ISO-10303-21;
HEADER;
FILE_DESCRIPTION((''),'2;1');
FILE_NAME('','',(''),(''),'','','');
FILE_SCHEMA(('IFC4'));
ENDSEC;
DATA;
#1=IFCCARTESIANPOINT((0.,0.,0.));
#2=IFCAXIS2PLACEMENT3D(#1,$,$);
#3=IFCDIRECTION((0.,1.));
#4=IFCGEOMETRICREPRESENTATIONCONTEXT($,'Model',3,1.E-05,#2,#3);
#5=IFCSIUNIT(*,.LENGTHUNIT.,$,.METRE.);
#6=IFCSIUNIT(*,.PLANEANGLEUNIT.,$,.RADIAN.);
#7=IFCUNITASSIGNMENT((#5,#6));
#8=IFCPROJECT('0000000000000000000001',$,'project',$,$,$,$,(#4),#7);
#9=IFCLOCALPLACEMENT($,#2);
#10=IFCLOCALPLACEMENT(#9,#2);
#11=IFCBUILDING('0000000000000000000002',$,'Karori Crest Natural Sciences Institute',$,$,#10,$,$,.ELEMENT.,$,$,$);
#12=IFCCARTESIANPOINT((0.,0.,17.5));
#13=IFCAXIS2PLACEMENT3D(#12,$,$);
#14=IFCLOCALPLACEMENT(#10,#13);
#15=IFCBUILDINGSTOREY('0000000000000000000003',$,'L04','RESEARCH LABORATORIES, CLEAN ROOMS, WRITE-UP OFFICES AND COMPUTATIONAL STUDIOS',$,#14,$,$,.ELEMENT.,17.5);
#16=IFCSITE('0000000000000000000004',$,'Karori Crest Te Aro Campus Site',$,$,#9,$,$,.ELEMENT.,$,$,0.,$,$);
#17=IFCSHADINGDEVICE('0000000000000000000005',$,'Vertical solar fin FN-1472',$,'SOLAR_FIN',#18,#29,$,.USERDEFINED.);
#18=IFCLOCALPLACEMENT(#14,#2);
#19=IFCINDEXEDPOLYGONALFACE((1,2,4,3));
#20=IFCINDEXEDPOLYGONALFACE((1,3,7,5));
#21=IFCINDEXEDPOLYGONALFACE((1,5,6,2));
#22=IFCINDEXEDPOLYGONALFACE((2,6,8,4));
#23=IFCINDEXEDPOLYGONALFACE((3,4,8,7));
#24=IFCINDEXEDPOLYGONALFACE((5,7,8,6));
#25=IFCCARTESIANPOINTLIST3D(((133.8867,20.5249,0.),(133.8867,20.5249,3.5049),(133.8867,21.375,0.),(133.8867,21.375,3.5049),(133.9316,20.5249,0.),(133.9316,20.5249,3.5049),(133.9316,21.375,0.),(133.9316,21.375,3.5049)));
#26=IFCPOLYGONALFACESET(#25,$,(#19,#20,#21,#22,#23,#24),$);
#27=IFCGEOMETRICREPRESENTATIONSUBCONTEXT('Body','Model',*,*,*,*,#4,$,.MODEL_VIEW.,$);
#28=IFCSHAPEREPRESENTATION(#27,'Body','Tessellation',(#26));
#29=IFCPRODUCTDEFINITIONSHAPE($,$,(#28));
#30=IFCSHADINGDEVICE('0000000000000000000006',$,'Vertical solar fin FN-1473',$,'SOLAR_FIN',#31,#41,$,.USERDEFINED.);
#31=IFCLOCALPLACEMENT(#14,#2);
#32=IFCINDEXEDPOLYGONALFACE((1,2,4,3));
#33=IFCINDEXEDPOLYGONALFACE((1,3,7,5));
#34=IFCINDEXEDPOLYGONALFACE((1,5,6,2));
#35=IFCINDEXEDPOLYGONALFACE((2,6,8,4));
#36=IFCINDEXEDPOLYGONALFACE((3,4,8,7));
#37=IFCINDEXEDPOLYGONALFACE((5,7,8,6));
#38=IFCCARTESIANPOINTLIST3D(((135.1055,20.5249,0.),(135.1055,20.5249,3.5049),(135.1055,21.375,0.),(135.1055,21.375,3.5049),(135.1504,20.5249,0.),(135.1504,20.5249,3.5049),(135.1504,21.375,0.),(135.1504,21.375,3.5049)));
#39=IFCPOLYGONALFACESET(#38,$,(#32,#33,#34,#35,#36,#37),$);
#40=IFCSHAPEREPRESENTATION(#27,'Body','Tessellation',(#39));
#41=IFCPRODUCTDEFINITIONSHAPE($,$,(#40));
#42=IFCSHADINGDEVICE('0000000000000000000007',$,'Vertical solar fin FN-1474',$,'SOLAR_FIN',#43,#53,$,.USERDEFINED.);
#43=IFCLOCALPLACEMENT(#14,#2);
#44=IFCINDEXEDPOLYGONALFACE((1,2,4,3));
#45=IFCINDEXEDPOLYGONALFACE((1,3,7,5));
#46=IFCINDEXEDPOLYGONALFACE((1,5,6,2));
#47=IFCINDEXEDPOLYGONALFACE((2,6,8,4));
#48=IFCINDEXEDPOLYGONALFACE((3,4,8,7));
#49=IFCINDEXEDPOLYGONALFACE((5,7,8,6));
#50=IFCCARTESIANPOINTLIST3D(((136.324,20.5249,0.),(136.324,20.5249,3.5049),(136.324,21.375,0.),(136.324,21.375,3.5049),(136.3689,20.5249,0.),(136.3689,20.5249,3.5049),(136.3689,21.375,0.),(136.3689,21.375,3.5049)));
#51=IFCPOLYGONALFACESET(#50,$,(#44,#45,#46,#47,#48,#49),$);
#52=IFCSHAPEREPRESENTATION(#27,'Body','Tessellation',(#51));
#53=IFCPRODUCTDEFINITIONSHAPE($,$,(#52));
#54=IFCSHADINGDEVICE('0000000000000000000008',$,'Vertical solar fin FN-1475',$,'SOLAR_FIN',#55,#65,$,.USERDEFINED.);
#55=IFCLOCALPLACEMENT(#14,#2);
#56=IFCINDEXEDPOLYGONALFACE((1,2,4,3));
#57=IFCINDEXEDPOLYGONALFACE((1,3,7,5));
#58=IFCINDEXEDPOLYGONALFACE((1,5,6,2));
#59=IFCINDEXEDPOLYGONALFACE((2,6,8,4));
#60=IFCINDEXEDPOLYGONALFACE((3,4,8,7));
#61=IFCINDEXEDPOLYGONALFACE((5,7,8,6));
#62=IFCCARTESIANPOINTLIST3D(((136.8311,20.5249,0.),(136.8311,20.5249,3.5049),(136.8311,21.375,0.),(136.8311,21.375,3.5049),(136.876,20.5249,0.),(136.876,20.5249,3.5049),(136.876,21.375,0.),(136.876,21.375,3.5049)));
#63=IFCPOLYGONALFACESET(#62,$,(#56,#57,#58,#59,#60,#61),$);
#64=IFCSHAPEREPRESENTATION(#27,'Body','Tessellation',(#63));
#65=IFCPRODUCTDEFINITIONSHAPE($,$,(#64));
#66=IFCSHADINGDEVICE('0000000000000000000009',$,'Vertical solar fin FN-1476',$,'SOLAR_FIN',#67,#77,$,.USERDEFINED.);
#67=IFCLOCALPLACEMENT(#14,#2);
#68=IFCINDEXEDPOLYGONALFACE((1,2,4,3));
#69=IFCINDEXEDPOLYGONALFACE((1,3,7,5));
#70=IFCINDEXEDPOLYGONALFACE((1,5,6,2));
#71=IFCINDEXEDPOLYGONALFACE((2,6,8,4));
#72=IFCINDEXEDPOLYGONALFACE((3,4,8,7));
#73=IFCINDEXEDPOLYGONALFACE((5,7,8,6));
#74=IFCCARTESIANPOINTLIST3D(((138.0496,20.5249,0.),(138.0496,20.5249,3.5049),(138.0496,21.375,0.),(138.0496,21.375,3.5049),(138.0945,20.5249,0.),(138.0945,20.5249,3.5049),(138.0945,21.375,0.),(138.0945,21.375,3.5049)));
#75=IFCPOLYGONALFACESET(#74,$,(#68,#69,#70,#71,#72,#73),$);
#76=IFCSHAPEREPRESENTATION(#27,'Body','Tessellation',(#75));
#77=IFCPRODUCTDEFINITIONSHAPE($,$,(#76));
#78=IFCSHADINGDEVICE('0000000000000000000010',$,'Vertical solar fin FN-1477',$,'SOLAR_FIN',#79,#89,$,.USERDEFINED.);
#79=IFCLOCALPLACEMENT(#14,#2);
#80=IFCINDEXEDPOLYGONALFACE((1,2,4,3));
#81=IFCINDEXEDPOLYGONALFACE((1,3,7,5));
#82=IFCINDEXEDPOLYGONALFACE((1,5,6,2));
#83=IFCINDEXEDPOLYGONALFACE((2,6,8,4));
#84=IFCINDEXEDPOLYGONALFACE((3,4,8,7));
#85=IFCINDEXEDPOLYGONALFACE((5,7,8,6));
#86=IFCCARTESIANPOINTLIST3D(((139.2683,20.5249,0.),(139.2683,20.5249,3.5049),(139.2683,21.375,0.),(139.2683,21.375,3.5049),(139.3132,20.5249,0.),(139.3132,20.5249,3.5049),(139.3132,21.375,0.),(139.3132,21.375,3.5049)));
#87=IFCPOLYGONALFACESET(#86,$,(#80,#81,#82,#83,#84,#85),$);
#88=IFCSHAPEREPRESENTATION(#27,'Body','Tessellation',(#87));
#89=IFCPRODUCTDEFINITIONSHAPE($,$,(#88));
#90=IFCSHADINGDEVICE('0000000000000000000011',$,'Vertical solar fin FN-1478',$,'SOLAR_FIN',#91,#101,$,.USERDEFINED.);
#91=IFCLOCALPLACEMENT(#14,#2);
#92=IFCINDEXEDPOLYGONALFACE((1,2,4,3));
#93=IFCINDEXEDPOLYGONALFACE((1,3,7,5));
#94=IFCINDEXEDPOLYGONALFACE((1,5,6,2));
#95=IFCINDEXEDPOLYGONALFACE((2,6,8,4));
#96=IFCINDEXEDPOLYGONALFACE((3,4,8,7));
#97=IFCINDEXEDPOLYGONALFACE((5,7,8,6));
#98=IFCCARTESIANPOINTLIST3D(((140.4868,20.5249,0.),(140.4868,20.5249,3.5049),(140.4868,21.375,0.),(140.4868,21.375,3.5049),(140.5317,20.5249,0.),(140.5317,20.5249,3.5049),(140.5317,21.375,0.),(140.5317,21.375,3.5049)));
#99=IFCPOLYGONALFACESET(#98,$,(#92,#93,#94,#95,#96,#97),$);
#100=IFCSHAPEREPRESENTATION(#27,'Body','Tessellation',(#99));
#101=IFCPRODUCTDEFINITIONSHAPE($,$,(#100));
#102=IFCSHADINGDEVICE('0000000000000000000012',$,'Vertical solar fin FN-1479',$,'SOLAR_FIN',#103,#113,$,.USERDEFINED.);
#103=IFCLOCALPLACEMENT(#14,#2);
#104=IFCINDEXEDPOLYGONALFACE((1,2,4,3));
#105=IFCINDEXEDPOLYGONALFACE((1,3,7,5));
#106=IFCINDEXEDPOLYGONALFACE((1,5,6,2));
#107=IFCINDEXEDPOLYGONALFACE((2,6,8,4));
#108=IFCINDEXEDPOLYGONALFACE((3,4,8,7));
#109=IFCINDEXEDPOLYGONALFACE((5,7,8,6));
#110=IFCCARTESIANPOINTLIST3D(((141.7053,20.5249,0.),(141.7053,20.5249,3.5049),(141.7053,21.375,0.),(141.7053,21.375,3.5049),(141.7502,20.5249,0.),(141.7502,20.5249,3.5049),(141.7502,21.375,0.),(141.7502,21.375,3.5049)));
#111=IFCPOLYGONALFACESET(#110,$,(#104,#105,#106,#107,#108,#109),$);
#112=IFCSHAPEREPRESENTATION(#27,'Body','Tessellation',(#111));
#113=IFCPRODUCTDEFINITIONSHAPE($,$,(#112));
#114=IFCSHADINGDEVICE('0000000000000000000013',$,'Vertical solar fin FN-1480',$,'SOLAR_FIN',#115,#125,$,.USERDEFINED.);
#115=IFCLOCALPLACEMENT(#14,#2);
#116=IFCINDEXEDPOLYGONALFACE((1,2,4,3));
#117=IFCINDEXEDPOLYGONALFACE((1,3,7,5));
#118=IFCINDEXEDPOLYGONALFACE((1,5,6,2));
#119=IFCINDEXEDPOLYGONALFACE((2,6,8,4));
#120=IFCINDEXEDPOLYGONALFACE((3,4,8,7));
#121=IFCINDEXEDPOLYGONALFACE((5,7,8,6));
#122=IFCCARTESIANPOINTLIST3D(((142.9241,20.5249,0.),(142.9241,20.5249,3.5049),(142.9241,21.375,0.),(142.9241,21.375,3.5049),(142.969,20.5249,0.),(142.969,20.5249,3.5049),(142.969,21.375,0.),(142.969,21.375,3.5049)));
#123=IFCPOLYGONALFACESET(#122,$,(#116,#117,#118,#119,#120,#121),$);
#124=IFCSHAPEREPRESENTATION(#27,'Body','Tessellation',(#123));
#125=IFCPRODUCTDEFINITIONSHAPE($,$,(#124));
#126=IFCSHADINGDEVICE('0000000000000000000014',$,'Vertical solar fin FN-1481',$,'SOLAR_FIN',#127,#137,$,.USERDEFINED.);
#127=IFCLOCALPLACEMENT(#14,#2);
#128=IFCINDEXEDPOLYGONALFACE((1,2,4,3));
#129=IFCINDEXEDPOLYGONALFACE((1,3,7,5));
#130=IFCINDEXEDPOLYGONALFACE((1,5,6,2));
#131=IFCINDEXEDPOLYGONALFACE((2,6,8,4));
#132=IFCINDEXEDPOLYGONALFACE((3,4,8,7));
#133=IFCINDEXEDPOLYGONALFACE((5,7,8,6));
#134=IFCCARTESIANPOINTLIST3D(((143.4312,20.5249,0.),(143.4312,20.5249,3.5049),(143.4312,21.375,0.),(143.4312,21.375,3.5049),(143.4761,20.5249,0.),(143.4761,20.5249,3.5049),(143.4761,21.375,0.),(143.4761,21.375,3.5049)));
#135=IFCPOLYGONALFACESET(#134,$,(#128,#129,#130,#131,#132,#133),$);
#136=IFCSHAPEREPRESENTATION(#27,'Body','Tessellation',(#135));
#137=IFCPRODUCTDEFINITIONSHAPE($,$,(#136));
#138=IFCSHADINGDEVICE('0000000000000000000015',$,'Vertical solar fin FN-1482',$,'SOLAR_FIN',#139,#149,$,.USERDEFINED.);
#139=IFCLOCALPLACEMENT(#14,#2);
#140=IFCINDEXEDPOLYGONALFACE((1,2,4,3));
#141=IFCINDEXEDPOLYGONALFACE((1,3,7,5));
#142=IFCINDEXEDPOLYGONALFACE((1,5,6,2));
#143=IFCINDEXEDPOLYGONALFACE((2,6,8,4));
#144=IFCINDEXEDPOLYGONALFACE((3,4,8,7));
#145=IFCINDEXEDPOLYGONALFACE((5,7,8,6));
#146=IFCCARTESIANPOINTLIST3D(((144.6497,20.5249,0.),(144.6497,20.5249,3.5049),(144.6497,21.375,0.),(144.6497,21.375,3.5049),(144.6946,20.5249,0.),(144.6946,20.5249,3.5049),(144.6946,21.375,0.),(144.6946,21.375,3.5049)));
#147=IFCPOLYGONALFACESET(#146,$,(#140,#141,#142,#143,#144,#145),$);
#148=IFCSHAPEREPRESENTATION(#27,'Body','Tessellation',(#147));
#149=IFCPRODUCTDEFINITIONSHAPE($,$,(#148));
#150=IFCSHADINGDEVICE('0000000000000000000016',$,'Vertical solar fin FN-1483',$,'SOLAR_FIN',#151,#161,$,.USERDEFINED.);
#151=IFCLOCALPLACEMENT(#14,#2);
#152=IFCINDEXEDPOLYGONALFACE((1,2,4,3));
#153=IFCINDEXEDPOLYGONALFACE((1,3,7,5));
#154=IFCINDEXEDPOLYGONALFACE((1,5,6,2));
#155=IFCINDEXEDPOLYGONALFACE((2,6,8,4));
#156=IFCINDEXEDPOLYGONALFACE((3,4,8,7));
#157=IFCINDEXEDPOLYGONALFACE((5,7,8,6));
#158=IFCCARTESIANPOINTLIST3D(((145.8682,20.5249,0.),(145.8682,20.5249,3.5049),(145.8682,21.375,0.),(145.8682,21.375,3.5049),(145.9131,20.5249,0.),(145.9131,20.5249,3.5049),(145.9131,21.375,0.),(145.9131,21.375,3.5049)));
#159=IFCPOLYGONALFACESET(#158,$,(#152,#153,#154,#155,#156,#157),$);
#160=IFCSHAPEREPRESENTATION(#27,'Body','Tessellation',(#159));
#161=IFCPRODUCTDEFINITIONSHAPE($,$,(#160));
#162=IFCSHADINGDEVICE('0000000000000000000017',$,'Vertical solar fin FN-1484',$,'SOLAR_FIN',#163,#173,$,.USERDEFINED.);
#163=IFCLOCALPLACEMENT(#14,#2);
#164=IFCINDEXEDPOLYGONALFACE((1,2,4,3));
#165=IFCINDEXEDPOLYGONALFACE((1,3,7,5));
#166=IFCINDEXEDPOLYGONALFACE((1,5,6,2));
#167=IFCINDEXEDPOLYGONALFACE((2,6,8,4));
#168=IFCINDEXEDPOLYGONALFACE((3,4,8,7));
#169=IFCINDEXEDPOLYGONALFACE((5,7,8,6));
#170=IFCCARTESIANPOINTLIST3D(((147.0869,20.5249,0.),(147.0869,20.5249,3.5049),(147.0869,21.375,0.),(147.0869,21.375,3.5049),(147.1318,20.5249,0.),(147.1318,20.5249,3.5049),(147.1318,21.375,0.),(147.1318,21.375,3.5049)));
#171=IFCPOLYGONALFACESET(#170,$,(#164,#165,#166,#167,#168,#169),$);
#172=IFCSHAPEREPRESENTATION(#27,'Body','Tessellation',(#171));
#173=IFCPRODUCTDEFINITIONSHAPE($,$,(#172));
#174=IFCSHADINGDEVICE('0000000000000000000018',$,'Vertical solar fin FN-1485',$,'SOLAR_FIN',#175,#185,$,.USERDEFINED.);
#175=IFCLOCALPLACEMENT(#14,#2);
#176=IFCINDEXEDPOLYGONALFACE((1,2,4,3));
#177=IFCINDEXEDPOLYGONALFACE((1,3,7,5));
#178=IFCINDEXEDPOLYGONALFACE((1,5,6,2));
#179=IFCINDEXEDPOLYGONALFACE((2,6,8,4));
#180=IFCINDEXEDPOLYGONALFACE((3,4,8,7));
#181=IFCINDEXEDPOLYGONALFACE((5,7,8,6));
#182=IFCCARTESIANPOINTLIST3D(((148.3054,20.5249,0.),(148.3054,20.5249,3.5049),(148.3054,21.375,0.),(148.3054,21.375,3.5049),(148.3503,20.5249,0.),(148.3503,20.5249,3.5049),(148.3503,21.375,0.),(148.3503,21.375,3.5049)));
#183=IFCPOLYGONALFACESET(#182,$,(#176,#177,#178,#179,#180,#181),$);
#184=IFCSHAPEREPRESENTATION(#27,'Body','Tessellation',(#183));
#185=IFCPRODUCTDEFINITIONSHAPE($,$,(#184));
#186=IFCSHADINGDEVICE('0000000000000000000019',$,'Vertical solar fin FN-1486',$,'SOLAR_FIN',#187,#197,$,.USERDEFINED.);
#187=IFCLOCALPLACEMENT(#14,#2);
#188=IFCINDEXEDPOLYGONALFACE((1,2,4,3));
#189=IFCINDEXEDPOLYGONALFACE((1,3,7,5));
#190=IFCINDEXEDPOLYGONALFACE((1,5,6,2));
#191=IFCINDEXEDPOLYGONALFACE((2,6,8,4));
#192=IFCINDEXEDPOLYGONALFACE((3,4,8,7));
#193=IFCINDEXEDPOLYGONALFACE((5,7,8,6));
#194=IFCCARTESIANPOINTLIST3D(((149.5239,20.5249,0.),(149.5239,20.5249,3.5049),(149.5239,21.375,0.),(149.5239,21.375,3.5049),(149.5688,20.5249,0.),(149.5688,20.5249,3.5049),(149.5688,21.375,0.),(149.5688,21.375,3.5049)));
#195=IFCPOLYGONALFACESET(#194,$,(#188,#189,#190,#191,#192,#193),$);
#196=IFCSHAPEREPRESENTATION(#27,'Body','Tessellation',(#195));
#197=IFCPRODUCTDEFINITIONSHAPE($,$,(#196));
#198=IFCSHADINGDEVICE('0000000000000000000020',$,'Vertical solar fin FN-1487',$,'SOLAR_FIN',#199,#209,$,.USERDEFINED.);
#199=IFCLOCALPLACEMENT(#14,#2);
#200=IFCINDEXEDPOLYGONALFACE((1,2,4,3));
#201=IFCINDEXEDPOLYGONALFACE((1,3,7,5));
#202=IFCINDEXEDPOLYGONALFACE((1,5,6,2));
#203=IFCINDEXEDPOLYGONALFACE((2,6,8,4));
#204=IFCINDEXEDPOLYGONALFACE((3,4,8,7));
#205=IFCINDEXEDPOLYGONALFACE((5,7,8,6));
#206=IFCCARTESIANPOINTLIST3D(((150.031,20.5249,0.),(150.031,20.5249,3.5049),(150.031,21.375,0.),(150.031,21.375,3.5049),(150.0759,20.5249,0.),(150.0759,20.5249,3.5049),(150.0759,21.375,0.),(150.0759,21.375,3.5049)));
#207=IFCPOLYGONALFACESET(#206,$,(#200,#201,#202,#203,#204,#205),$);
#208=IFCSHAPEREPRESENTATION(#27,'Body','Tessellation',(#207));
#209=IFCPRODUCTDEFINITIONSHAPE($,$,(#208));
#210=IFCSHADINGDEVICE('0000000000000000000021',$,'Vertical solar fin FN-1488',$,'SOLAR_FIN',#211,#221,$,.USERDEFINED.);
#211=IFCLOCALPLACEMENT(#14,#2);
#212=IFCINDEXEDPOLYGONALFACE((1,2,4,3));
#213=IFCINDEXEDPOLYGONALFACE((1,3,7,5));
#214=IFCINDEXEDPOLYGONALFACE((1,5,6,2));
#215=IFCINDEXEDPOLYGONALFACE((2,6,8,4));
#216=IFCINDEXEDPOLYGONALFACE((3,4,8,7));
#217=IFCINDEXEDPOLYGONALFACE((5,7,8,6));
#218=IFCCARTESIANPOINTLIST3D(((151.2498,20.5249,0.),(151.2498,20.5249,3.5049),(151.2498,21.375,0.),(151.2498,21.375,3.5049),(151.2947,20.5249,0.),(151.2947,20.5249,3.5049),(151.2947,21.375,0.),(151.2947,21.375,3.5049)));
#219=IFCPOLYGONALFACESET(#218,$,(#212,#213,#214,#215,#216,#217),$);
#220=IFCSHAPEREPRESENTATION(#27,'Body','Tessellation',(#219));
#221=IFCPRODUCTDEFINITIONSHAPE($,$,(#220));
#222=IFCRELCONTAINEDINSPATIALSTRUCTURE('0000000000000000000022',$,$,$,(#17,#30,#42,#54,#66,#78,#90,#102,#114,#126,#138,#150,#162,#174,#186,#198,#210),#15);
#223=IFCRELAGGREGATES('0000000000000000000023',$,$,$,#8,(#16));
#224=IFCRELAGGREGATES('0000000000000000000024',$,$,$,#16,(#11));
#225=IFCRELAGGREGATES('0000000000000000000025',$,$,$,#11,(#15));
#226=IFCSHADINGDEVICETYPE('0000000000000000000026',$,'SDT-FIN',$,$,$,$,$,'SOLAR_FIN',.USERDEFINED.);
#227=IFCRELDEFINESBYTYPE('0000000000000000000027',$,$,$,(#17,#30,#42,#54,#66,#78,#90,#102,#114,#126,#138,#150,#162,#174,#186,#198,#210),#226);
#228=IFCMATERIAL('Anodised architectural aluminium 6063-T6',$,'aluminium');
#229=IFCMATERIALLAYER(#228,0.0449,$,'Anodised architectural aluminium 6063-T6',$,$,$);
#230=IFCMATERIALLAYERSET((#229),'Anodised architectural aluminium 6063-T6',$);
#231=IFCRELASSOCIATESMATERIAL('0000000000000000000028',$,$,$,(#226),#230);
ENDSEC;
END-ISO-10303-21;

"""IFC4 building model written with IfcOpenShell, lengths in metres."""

from ifc_helpers import new_model, si_unit, direction, frame, origin, origin_2d, place, context, subcontext, project, spatial, rectangle, extrude, material, layer, layer_set, type_object, element, save


model = new_model("IFC4")

# Units and contexts
model_context = context("Model", 3, precision=1e-05, world=origin(), true_north=direction((0.0, 1.0)))
body_context = subcontext(model_context, "Body", "Model", "MODEL_VIEW")
ifc_project = project(units=[si_unit("LENGTHUNIT", "METRE"), si_unit("PLANEANGLEUNIT", "RADIAN")], contexts=[model_context])

# Site, building, storey
site_placement = place(None, origin())
site = spatial("IfcSite", under=ifc_project, at=site_placement, Name="Karori Crest Te Aro Campus Site", CompositionType="ELEMENT", RefElevation=0.0)
building_placement = place(site_placement, origin())
building = spatial("IfcBuilding", under=site, at=building_placement, Name="Karori Crest Natural Sciences Institute", CompositionType="ELEMENT")
storey_placement = place(building_placement, frame((0.0, 0.0, 17.5)))
storey = spatial("IfcBuildingStorey", under=building, at=storey_placement, Name="L04", Description="RESEARCH LABORATORIES, CLEAN ROOMS, WRITE-UP OFFICES AND COMPUTATIONAL STUDIOS", CompositionType="ELEMENT", Elevation=17.5)

# Shared definitions
ifc_material_1 = material(Name="Anodised architectural aluminium 6063-T6", Category="aluminium")

# Shading devices
ifc_layer_1 = layer(ifc_material_1, 0.0449, Name="Anodised architectural aluminium 6063-T6")
ifc_layer_set_1 = layer_set([ifc_layer_1], Name="Anodised architectural aluminium 6063-T6")
shading_device_type = type_object("IfcShadingDeviceType", Name="SDT-FIN", ElementType="SOLAR_FIN", PredefinedType="USERDEFINED", material=ifc_layer_set_1)
for number, where, z_axis, x_axis, name in (
    (1, (133.9092, 20.95, 0.0), (0.0, 0.0, 1.0), (0.0, 1.0, 0.0), "Vertical solar fin FN-1472"),
    (2, (135.1279, 20.95, 0.0), (0.0, 0.0, 1.0), (0.0, 1.0, 0.0), "Vertical solar fin FN-1473"),
    (3, (136.3464, 20.95, 0.0), (0.0, 0.0, 1.0), (0.0, 1.0, 0.0), "Vertical solar fin FN-1474"),
    (4, (136.8535, 20.95, 0.0), (0.0, 0.0, 1.0), (0.0, 1.0, 0.0), "Vertical solar fin FN-1475"),
    (5, (138.072, 20.95, 0.0), (0.0, 0.0, 1.0), (0.0, 1.0, 0.0), "Vertical solar fin FN-1476"),
    (6, (139.2908, 20.95, 0.0), (0.0, 0.0, 1.0), (0.0, 1.0, 0.0), "Vertical solar fin FN-1477"),
    (7, (140.5093, 20.95, 0.0), (0.0, 0.0, 1.0), (0.0, 1.0, 0.0), "Vertical solar fin FN-1478"),
    (8, (141.7278, 20.95, 0.0), (0.0, 0.0, 1.0), (0.0, 1.0, 0.0), "Vertical solar fin FN-1479"),
    (9, (142.9465, 20.95, 0.0), (0.0, 0.0, 1.0), (0.0, 1.0, 0.0), "Vertical solar fin FN-1480"),
    (10, (143.4536, 20.95, 0.0), (0.0, 0.0, 1.0), (0.0, 1.0, 0.0), "Vertical solar fin FN-1481"),
    (11, (144.6721, 20.95, 0.0), (0.0, 0.0, 1.0), (0.0, 1.0, 0.0), "Vertical solar fin FN-1482"),
    (12, (145.8906, 20.95, 0.0), (0.0, 0.0, 1.0), (0.0, 1.0, 0.0), "Vertical solar fin FN-1483"),
    (13, (147.1094, 20.95, 0.0), (0.0, 0.0, 1.0), (0.0, 1.0, 0.0), "Vertical solar fin FN-1484"),
    (14, (148.3279, 20.95, 0.0), (0.0, 0.0, 1.0), (0.0, 1.0, 0.0), "Vertical solar fin FN-1485"),
    (15, (149.5464, 20.95, 0.0), (0.0, 0.0, 1.0), (0.0, 1.0, 0.0), "Vertical solar fin FN-1486"),
    (16, (150.0535, 20.95, 0.0), (0.0, 0.0, 1.0), (0.0, 1.0, 0.0), "Vertical solar fin FN-1487"),
    (17, (151.2722, 20.95, 0.0), (0.0, 0.0, 1.0), (0.0, 1.0, 0.0), "Vertical solar fin FN-1488"),
):
    element("IfcShadingDevice", number, at=place(storey_placement, frame(where, z_axis=z_axis, x_axis=x_axis)), inside=storey, type_object=shading_device_type, Name=name, ObjectType="SOLAR_FIN", PredefinedType="USERDEFINED", context=body_context, shape_type="SweptSolid", body=[
        extrude(rectangle(XDim=0.8501, YDim=0.0449, at=origin_2d()), origin(), (0.0, 0.0, 1.0), 3.5049),
    ])

save(model, "model.ifc")
